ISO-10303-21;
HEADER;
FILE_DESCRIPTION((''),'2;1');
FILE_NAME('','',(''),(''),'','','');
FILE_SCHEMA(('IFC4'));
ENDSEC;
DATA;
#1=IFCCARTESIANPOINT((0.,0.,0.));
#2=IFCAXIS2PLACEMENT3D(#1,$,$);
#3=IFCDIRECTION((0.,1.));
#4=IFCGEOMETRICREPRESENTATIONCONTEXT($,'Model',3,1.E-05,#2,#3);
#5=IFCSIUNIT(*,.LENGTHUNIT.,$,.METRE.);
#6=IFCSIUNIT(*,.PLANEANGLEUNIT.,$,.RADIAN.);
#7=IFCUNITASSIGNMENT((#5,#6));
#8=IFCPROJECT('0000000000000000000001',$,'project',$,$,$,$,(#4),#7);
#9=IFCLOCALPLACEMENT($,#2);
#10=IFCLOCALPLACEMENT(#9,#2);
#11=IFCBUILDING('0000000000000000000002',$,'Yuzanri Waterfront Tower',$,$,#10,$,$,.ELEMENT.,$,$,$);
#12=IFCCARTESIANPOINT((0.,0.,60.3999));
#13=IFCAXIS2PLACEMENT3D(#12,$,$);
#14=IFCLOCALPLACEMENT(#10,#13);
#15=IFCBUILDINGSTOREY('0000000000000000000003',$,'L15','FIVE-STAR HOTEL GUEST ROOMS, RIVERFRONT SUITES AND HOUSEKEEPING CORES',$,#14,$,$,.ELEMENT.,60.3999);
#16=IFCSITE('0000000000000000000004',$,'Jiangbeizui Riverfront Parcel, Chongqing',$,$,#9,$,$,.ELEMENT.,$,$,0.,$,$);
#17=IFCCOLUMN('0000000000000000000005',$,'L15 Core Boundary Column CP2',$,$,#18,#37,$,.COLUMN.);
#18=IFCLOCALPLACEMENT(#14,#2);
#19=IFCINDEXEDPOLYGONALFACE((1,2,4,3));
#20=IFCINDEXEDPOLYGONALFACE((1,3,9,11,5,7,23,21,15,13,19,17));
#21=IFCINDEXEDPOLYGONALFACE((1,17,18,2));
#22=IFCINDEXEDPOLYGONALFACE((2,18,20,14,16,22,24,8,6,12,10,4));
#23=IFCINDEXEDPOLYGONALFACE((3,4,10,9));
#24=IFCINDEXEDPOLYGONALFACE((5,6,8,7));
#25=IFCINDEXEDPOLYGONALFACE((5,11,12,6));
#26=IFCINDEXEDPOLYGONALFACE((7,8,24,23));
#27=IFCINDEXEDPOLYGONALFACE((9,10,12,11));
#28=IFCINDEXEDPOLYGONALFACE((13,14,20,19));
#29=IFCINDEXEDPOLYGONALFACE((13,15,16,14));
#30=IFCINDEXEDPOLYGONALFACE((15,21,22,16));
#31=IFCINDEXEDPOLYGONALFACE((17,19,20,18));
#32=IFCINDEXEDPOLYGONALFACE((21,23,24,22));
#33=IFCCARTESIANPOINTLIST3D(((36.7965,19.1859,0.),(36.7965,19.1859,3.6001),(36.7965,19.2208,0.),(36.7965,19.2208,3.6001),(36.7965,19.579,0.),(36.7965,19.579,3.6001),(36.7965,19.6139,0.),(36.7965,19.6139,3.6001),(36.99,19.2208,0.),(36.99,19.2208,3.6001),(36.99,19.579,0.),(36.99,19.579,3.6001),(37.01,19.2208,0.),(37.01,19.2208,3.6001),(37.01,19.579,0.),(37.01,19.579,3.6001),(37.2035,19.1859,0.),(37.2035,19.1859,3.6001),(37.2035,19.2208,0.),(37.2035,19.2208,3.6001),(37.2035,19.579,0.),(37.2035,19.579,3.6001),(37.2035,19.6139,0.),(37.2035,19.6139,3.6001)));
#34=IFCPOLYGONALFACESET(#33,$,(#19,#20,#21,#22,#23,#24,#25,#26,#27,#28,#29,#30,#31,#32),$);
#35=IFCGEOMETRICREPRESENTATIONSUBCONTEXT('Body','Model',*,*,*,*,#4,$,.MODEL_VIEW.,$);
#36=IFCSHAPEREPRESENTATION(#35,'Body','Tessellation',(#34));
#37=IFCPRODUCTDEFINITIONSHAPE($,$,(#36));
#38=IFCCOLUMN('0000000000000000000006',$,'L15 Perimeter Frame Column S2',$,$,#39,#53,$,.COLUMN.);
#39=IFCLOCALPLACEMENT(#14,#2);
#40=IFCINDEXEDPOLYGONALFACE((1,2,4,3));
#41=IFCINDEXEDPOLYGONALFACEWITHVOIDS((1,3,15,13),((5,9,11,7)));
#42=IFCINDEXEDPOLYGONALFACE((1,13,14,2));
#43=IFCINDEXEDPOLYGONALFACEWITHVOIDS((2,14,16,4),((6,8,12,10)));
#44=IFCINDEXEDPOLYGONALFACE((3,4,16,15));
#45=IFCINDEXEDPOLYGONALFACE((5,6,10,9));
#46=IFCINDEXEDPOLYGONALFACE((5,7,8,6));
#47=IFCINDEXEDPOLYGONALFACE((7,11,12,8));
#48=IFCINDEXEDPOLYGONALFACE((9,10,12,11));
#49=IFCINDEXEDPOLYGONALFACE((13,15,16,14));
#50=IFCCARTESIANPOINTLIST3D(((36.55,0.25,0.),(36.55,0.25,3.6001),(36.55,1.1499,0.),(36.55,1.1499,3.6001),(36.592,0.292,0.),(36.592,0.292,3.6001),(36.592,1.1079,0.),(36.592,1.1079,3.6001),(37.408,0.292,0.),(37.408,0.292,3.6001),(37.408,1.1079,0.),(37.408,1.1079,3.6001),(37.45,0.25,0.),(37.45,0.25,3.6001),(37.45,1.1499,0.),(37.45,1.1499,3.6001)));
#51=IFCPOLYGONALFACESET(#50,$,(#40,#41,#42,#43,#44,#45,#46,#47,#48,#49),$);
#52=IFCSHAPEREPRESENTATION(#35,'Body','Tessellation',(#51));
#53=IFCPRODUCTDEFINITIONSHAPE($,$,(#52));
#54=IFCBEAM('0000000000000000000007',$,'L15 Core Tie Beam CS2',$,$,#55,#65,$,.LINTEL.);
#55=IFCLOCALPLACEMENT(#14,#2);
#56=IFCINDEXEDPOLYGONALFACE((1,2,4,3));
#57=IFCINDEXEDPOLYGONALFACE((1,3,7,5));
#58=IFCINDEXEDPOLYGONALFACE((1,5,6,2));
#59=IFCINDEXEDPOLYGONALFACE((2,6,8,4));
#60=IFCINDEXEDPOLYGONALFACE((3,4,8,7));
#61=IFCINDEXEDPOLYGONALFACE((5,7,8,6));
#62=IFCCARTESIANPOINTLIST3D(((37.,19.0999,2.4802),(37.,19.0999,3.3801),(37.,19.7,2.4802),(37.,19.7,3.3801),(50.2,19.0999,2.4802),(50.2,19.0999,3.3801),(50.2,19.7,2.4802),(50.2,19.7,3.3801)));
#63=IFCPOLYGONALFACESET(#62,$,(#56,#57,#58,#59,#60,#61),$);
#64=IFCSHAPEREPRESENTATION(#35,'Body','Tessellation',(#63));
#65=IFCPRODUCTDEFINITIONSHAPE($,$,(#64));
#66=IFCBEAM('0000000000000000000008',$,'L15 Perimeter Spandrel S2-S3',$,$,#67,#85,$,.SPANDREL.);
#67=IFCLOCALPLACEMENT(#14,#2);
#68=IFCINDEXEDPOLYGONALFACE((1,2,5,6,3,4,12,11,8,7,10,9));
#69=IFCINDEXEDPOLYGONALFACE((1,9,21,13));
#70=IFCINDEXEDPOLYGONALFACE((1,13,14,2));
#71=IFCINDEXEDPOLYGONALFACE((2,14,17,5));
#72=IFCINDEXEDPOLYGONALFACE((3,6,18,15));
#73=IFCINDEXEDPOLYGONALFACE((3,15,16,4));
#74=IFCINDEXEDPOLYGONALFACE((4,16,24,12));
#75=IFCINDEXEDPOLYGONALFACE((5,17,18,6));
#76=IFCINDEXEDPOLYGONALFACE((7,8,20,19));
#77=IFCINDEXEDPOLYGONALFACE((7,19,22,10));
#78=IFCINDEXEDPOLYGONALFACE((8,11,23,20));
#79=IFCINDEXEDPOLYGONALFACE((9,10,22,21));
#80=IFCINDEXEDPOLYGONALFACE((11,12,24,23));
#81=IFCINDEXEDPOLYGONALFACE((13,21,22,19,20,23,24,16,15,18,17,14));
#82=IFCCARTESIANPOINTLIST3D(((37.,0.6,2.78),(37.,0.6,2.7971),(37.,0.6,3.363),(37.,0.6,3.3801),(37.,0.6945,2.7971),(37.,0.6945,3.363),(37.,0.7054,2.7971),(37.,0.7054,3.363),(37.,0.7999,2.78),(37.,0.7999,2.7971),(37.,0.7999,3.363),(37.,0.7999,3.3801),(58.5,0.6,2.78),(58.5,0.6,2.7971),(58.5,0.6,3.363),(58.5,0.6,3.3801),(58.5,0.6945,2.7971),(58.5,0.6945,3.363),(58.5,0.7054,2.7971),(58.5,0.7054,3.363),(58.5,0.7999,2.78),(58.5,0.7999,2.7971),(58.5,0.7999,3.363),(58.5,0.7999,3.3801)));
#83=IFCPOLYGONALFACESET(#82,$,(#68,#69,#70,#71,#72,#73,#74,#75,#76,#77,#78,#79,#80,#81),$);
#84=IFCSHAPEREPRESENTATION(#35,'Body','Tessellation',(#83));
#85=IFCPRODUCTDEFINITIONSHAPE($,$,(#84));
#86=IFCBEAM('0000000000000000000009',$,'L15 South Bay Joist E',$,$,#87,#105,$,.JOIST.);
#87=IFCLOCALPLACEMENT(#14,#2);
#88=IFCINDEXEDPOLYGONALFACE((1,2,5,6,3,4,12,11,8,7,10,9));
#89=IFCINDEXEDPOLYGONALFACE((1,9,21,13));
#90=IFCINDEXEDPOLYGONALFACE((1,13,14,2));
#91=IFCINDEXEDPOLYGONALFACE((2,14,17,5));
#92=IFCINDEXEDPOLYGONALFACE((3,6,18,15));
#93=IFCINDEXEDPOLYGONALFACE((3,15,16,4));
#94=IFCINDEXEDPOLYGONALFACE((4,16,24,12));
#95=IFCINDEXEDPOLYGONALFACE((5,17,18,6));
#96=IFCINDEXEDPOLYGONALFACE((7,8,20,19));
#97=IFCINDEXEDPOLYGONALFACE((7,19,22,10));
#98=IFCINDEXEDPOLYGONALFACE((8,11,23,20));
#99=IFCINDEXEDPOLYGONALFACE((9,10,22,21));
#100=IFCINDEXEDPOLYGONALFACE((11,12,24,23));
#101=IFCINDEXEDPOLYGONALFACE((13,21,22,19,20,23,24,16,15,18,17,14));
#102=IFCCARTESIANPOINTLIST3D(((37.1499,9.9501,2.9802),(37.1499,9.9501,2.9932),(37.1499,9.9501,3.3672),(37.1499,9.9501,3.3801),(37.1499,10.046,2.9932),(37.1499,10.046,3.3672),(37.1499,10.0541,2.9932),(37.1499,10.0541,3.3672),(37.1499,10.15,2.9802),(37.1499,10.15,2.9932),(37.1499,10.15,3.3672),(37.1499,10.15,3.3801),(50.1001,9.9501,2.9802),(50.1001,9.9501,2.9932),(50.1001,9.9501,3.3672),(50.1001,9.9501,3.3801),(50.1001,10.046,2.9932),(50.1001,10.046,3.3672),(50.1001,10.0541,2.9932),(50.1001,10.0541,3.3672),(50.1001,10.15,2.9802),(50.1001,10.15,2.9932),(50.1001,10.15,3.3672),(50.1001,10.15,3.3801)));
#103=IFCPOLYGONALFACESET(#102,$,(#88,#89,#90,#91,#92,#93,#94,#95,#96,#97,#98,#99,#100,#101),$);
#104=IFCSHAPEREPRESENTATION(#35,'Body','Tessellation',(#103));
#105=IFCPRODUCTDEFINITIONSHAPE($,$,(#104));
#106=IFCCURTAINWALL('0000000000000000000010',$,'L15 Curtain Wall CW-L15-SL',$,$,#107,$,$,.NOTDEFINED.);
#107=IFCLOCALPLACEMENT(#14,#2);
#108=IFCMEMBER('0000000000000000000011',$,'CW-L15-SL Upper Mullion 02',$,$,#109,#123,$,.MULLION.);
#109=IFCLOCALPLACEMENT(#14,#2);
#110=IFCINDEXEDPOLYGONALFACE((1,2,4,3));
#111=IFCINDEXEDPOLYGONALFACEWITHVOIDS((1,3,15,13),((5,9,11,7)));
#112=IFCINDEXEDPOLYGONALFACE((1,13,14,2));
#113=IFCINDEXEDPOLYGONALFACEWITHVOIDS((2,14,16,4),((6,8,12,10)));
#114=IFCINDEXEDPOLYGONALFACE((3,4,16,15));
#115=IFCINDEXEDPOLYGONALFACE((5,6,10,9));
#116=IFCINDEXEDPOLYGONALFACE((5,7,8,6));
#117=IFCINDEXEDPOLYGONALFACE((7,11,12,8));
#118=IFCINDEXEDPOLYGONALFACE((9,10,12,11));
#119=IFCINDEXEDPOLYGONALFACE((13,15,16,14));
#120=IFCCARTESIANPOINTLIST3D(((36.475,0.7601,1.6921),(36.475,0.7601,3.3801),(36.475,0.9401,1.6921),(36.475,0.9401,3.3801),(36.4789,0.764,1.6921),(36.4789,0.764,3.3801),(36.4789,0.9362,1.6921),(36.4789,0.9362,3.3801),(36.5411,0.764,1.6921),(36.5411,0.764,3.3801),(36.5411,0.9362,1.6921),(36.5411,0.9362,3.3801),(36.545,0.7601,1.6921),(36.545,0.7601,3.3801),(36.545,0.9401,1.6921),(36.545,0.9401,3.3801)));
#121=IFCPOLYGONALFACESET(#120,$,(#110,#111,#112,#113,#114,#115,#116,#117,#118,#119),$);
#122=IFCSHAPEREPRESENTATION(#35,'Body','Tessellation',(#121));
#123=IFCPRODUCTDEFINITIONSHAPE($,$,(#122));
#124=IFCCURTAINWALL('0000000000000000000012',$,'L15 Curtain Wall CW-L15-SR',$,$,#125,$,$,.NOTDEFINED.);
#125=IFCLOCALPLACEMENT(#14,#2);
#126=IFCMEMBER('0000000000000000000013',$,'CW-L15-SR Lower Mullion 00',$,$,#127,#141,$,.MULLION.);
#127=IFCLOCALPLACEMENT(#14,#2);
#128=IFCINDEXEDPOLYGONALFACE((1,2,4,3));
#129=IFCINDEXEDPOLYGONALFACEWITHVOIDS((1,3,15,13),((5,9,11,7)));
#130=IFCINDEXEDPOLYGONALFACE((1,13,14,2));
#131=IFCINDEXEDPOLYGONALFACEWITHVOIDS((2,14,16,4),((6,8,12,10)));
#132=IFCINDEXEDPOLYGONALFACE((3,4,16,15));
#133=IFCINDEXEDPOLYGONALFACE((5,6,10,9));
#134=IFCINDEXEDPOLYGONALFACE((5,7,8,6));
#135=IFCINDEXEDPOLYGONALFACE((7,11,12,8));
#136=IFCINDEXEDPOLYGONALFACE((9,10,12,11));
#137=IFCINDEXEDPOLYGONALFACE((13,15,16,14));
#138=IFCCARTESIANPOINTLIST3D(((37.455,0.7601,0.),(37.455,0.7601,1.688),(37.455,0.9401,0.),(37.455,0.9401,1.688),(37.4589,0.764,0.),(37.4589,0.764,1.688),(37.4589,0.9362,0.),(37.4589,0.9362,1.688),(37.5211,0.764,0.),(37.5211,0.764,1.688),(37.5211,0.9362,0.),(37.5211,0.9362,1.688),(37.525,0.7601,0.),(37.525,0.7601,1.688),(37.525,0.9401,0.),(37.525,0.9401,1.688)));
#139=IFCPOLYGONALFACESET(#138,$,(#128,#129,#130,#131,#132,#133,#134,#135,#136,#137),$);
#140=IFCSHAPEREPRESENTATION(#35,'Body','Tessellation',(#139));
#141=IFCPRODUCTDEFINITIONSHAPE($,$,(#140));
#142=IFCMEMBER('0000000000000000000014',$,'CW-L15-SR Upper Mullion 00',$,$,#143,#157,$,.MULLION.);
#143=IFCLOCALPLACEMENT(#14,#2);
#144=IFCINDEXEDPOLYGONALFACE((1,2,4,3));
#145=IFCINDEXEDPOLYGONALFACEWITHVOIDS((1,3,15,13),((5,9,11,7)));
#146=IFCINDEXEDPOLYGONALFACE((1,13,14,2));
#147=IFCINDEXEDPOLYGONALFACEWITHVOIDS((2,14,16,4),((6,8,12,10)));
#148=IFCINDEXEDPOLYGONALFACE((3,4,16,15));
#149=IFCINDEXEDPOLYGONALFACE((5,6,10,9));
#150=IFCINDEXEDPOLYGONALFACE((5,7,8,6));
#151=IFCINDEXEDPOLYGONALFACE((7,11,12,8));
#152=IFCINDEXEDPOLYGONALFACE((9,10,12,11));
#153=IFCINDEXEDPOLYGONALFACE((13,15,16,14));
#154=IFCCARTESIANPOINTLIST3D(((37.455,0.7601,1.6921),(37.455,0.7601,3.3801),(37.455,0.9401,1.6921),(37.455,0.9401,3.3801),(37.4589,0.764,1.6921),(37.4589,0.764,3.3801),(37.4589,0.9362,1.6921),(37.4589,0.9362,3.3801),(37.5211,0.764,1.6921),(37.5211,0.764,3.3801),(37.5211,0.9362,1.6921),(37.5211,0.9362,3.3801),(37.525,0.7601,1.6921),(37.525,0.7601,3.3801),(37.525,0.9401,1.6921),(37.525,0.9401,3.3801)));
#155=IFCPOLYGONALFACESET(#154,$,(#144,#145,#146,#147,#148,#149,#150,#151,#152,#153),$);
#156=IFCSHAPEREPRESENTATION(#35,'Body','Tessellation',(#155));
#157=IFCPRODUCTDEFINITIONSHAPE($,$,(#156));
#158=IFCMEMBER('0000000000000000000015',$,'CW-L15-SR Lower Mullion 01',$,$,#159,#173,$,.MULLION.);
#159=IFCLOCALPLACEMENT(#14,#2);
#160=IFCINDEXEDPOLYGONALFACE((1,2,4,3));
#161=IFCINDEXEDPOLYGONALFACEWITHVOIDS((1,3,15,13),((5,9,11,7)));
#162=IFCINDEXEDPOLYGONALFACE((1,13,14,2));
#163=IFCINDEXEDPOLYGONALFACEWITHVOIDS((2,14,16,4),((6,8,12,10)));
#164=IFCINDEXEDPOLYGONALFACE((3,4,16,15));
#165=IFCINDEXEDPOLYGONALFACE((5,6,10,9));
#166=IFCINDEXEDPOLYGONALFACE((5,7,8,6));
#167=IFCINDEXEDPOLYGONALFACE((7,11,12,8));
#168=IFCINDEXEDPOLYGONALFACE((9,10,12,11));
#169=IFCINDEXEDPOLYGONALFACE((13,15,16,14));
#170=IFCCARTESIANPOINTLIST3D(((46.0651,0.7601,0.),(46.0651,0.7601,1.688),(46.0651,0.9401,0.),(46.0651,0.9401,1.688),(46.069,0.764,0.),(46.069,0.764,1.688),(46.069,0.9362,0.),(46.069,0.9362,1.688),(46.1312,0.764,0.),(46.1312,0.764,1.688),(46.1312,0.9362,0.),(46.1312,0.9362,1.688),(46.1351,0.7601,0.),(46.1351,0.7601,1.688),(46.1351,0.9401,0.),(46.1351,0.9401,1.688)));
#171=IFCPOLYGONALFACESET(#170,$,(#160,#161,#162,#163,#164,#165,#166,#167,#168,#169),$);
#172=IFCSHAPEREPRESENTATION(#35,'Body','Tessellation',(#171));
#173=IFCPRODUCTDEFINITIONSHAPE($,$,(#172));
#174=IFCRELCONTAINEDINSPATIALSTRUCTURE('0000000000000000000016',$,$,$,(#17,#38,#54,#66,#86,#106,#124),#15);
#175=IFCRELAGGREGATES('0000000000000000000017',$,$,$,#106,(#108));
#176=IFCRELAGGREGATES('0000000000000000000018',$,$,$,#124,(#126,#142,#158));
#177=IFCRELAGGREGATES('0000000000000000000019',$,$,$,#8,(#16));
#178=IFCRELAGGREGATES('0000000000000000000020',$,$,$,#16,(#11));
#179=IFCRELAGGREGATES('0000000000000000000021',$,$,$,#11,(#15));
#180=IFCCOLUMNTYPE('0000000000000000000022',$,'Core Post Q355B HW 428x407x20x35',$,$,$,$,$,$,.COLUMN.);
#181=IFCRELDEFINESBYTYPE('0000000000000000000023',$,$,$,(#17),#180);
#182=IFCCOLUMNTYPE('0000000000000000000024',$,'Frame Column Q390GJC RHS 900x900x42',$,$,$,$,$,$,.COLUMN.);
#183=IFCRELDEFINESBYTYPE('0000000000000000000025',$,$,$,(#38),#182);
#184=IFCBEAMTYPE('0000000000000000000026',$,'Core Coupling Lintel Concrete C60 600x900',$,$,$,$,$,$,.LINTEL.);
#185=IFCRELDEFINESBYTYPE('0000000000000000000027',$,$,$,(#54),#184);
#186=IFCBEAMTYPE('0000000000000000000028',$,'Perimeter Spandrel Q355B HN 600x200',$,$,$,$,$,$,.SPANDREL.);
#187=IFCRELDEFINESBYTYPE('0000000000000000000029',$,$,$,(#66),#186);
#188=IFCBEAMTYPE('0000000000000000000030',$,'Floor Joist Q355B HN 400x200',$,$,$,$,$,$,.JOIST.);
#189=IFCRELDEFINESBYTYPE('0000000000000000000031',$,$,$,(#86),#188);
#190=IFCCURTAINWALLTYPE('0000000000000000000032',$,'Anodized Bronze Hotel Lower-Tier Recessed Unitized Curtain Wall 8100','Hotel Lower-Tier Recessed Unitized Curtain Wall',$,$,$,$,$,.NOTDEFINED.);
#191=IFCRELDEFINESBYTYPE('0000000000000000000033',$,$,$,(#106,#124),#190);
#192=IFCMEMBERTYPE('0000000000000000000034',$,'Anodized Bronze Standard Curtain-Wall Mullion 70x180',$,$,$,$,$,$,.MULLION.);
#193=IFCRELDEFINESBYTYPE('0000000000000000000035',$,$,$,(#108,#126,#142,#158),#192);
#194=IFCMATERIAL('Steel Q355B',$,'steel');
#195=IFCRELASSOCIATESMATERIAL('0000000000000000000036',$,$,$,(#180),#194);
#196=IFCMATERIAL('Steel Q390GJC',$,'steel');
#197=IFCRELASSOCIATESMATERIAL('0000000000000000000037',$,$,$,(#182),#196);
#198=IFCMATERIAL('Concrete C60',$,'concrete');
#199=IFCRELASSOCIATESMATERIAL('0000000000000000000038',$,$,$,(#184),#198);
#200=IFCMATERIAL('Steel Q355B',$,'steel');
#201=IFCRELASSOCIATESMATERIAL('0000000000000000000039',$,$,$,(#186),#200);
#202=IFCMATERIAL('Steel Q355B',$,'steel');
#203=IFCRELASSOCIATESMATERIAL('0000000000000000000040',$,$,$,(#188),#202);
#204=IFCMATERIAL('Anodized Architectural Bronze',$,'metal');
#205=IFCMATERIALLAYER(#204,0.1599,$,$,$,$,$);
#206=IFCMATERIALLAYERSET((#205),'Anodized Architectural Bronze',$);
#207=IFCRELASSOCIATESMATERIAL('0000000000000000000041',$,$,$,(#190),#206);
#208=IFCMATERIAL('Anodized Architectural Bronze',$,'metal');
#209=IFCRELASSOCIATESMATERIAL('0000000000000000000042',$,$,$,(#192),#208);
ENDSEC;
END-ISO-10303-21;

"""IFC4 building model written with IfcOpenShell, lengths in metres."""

from ifc_helpers import new_model, si_unit, direction, frame, origin, origin_2d, place, context, subcontext, project, spatial, rectangle, hollow_rectangle, i_section, extrude, source, transform, mapped, material, layer, layer_set, material_profile, profile_set, type_object, element, aggregate, save


model = new_model("IFC4")

# Units and contexts
model_context = context("Model", 3, precision=1e-05, world=origin(), true_north=direction((0.0, 1.0)))
body_context = subcontext(model_context, "Body", "Model", "MODEL_VIEW")
ifc_project = project(units=[si_unit("LENGTHUNIT", "METRE"), si_unit("PLANEANGLEUNIT", "RADIAN")], contexts=[model_context])

# Site, building, storey
site_placement = place(None, origin())
site = spatial("IfcSite", under=ifc_project, at=site_placement, Name="Jiangbeizui Riverfront Parcel, Chongqing", CompositionType="ELEMENT", RefElevation=0.0)
building_placement = place(site_placement, origin())
building = spatial("IfcBuilding", under=site, at=building_placement, Name="Yuzanri Waterfront Tower", CompositionType="ELEMENT")
storey_placement = place(building_placement, frame((0.0, 0.0, 60.3999)))
storey = spatial("IfcBuildingStorey", under=building, at=storey_placement, Name="L15", Description="FIVE-STAR HOTEL GUEST ROOMS, RIVERFRONT SUITES AND HOUSEKEEPING CORES", CompositionType="ELEMENT", Elevation=60.3999)

# Columns
ifc_material_1 = material(Name="Steel Q355B", Category="steel")
ifc_material_profile_1 = material_profile(ifc_material_1, i_section(OverallWidth=0.407, OverallDepth=0.428, WebThickness=0.02, FlangeThickness=0.0349, at=origin_2d()), Name="HW 428x407x20x35")
ifc_profile_set_1 = profile_set([ifc_material_profile_1], Name="Steel Q355B")
column_type_1 = type_object("IfcColumnType", Name="Core Post Q355B HW 428x407x20x35", PredefinedType="COLUMN", material=ifc_profile_set_1)
shared_shape_1 = source(origin(), body_context, "Body", "SweptSolid", [
    extrude(i_section(OverallWidth=0.407, OverallDepth=0.428, WebThickness=0.02, FlangeThickness=0.0349, at=origin_2d()), origin(), (0.0, 0.0, 1.0), 3.6001),
])
column_1_placement = place(storey_placement, frame((37.0, 19.3999, 0.0), z_axis=(0.0, 0.0, 1.0), x_axis=(1.0, 0.0, 0.0)))
element("IfcColumn", 1, at=column_1_placement, inside=storey, type_object=column_type_1, Name="L15 Core Boundary Column CP2", PredefinedType="COLUMN", context=body_context, shape_type="MappedRepresentation", body=[
    mapped(shared_shape_1, transform((0.0, 0.0, 0.0), scale=1.0)),
])
ifc_material_2 = material(Name="Steel Q390GJC", Category="steel")
ifc_material_profile_2 = material_profile(ifc_material_2, hollow_rectangle(XDim=0.8999, YDim=0.8999, WallThickness=0.042, at=origin_2d()), Name="RHS 900x900x42")
ifc_profile_set_2 = profile_set([ifc_material_profile_2], Name="Steel Q390GJC")
column_type_2 = type_object("IfcColumnType", Name="Frame Column Q390GJC RHS 900x900x42", PredefinedType="COLUMN", material=ifc_profile_set_2)
shared_shape_2 = source(origin(), body_context, "Body", "SweptSolid", [
    extrude(hollow_rectangle(XDim=0.8999, YDim=0.8999, WallThickness=0.042, at=origin_2d()), origin(), (0.0, 0.0, 1.0), 3.6001),
])
column_2_placement = place(storey_placement, frame((37.0, 0.7, 0.0), z_axis=(0.0, 0.0, 1.0), x_axis=(1.0, 0.0, 0.0)))
element("IfcColumn", 2, at=column_2_placement, inside=storey, type_object=column_type_2, Name="L15 Perimeter Frame Column S2", PredefinedType="COLUMN", context=body_context, shape_type="MappedRepresentation", body=[
    mapped(shared_shape_2, transform((0.0, 0.0, 0.0), scale=1.0)),
])

# Beams
ifc_material_3 = material(Name="Concrete C60", Category="concrete")
ifc_material_profile_3 = material_profile(ifc_material_3, rectangle(XDim=0.6001, YDim=0.8999, at=origin_2d()), Name="RC 600x900")
ifc_profile_set_3 = profile_set([ifc_material_profile_3], Name="Concrete C60")
beam_type_1 = type_object("IfcBeamType", Name="Core Coupling Lintel Concrete C60 600x900", PredefinedType="LINTEL", material=ifc_profile_set_3)
shared_shape_3 = source(origin(), body_context, "Body", "SweptSolid", [
    extrude(rectangle(XDim=0.6001, YDim=0.8999, at=origin_2d()), origin(), (0.0, 0.0, 1.0), 13.2),
])
beam_1_placement = place(storey_placement, frame((37.0, 19.3999, 2.9302), z_axis=(1.0, 0.0, 0.0), x_axis=(0.0, 1.0, 0.0)))
element("IfcBeam", 3, at=beam_1_placement, inside=storey, type_object=beam_type_1, Name="L15 Core Tie Beam CS2", PredefinedType="LINTEL", context=body_context, shape_type="MappedRepresentation", body=[
    mapped(shared_shape_3, transform((0.0, 0.0, 0.0), scale=1.0)),
])
ifc_material_4 = material(Name="Steel Q355B", Category="steel")
ifc_material_profile_4 = material_profile(ifc_material_4, i_section(OverallWidth=0.2, OverallDepth=0.6001, WebThickness=0.011, FlangeThickness=0.0171, at=origin_2d()), Name="HN 600x200x11x17")
ifc_profile_set_4 = profile_set([ifc_material_profile_4], Name="Steel Q355B")
beam_type_2 = type_object("IfcBeamType", Name="Perimeter Spandrel Q355B HN 600x200", PredefinedType="SPANDREL", material=ifc_profile_set_4)
shared_shape_4 = source(origin(), body_context, "Body", "SweptSolid", [
    extrude(i_section(OverallWidth=0.2, OverallDepth=0.6001, WebThickness=0.011, FlangeThickness=0.0171, at=origin_2d()), origin(), (0.0, 0.0, 1.0), 21.5),
])
beam_2_placement = place(storey_placement, frame((37.0, 0.7, 3.0801), z_axis=(1.0, 0.0, 0.0), x_axis=(0.0, 1.0, 0.0)))
element("IfcBeam", 4, at=beam_2_placement, inside=storey, type_object=beam_type_2, Name="L15 Perimeter Spandrel S2-S3", PredefinedType="SPANDREL", context=body_context, shape_type="MappedRepresentation", body=[
    mapped(shared_shape_4, transform((0.0, 0.0, 0.0), scale=1.0)),
])
ifc_material_5 = material(Name="Steel Q355B", Category="steel")
ifc_material_profile_5 = material_profile(ifc_material_5, i_section(OverallWidth=0.2, OverallDepth=0.3999, WebThickness=0.0081, FlangeThickness=0.0129, at=origin_2d()), Name="HN 400x200x8x13")
ifc_profile_set_5 = profile_set([ifc_material_profile_5], Name="Steel Q355B")
beam_type_3 = type_object("IfcBeamType", Name="Floor Joist Q355B HN 400x200", PredefinedType="JOIST", material=ifc_profile_set_5)
shared_shape_5 = source(origin(), body_context, "Body", "SweptSolid", [
    extrude(i_section(OverallWidth=0.2, OverallDepth=0.3999, WebThickness=0.0081, FlangeThickness=0.0129, at=origin_2d()), origin(), (0.0, 0.0, 1.0), 12.9502),
])
beam_3_placement = place(storey_placement, frame((37.1499, 10.05, 3.1802), z_axis=(1.0, 0.0, 0.0), x_axis=(0.0, 1.0, 0.0)))
element("IfcBeam", 5, at=beam_3_placement, inside=storey, type_object=beam_type_3, Name="L15 South Bay Joist E", PredefinedType="JOIST", context=body_context, shape_type="MappedRepresentation", body=[
    mapped(shared_shape_5, transform((0.0, 0.0, 0.0), scale=1.0)),
])

# Curtain wall, member
ifc_material_6 = material(Name="Anodized Architectural Bronze", Category="metal")
ifc_layer_1 = layer(ifc_material_6, 0.1599)
ifc_layer_set_1 = layer_set([ifc_layer_1], Name="Anodized Architectural Bronze")
curtain_wall_type = type_object("IfcCurtainWallType", Name="Anodized Bronze Hotel Lower-Tier Recessed Unitized Curtain Wall 8100", Description="Hotel Lower-Tier Recessed Unitized Curtain Wall", PredefinedType="NOTDEFINED", material=ifc_layer_set_1)
curtain_wall_1_placement = place(storey_placement, origin())
curtain_wall_1 = element("IfcCurtainWall", 6, at=curtain_wall_1_placement, inside=storey, type_object=curtain_wall_type, Name="L15 Curtain Wall CW-L15-SL", PredefinedType="NOTDEFINED")
ifc_material_7 = material(Name="Anodized Architectural Bronze", Category="metal")
ifc_material_profile_6 = material_profile(ifc_material_7, hollow_rectangle(XDim=0.0701, YDim=0.1799, WallThickness=0.0039, at=origin_2d()), Name="CWM 70x180")
ifc_profile_set_6 = profile_set([ifc_material_profile_6], Name="Anodized Architectural Bronze")
member_type_1 = type_object("IfcMemberType", Name="Anodized Bronze Standard Curtain-Wall Mullion 70x180", PredefinedType="MULLION", material=ifc_profile_set_6)
shared_shape_6 = source(origin(), body_context, "Body", "SweptSolid", [
    extrude(hollow_rectangle(XDim=0.0701, YDim=0.1799, WallThickness=0.0039, at=origin_2d()), origin(), (0.0, 0.0, 1.0), 1.688),
])
member_1_placement = place(storey_placement, frame((36.51, 0.8501, 1.6921), z_axis=(0.0, 0.0, 1.0), x_axis=(1.0, 0.0, 0.0)))
member_1 = element("IfcMember", 7, at=member_1_placement, type_object=member_type_1, Name="CW-L15-SL Upper Mullion 02", PredefinedType="MULLION", context=body_context, shape_type="MappedRepresentation", body=[
    mapped(shared_shape_6, transform((0.0, 0.0, 0.0), scale=1.0)),
])
aggregate(curtain_wall_1, [member_1])

# Curtain wall, members
curtain_wall_2_placement = place(storey_placement, origin())
curtain_wall_2 = element("IfcCurtainWall", 8, at=curtain_wall_2_placement, inside=storey, type_object=curtain_wall_type, Name="L15 Curtain Wall CW-L15-SR", PredefinedType="NOTDEFINED")
member_2_placement = place(storey_placement, frame((37.49, 0.8501, 0.0), z_axis=(0.0, 0.0, 1.0), x_axis=(1.0, 0.0, 0.0)))
member_2 = element("IfcMember", 9, at=member_2_placement, type_object=member_type_1, Name="CW-L15-SR Lower Mullion 00", PredefinedType="MULLION", context=body_context, shape_type="MappedRepresentation", body=[
    mapped(shared_shape_6, transform((0.0, 0.0, 0.0), scale=1.0)),
])
member_3_placement = place(storey_placement, frame((37.49, 0.8501, 1.6921), z_axis=(0.0, 0.0, 1.0), x_axis=(1.0, 0.0, 0.0)))
member_3 = element("IfcMember", 10, at=member_3_placement, type_object=member_type_1, Name="CW-L15-SR Upper Mullion 00", PredefinedType="MULLION", context=body_context, shape_type="MappedRepresentation", body=[
    mapped(shared_shape_6, transform((0.0, 0.0, 0.0), scale=1.0)),
])
member_4_placement = place(storey_placement, frame((46.1001, 0.8501, 0.0), z_axis=(0.0, 0.0, 1.0), x_axis=(1.0, 0.0, 0.0)))
member_4 = element("IfcMember", 11, at=member_4_placement, type_object=member_type_1, Name="CW-L15-SR Lower Mullion 01", PredefinedType="MULLION", context=body_context, shape_type="MappedRepresentation", body=[
    mapped(shared_shape_6, transform((0.0, 0.0, 0.0), scale=1.0)),
])
aggregate(curtain_wall_2, [member_2, member_3, member_4])

save(model, "model.ifc")
